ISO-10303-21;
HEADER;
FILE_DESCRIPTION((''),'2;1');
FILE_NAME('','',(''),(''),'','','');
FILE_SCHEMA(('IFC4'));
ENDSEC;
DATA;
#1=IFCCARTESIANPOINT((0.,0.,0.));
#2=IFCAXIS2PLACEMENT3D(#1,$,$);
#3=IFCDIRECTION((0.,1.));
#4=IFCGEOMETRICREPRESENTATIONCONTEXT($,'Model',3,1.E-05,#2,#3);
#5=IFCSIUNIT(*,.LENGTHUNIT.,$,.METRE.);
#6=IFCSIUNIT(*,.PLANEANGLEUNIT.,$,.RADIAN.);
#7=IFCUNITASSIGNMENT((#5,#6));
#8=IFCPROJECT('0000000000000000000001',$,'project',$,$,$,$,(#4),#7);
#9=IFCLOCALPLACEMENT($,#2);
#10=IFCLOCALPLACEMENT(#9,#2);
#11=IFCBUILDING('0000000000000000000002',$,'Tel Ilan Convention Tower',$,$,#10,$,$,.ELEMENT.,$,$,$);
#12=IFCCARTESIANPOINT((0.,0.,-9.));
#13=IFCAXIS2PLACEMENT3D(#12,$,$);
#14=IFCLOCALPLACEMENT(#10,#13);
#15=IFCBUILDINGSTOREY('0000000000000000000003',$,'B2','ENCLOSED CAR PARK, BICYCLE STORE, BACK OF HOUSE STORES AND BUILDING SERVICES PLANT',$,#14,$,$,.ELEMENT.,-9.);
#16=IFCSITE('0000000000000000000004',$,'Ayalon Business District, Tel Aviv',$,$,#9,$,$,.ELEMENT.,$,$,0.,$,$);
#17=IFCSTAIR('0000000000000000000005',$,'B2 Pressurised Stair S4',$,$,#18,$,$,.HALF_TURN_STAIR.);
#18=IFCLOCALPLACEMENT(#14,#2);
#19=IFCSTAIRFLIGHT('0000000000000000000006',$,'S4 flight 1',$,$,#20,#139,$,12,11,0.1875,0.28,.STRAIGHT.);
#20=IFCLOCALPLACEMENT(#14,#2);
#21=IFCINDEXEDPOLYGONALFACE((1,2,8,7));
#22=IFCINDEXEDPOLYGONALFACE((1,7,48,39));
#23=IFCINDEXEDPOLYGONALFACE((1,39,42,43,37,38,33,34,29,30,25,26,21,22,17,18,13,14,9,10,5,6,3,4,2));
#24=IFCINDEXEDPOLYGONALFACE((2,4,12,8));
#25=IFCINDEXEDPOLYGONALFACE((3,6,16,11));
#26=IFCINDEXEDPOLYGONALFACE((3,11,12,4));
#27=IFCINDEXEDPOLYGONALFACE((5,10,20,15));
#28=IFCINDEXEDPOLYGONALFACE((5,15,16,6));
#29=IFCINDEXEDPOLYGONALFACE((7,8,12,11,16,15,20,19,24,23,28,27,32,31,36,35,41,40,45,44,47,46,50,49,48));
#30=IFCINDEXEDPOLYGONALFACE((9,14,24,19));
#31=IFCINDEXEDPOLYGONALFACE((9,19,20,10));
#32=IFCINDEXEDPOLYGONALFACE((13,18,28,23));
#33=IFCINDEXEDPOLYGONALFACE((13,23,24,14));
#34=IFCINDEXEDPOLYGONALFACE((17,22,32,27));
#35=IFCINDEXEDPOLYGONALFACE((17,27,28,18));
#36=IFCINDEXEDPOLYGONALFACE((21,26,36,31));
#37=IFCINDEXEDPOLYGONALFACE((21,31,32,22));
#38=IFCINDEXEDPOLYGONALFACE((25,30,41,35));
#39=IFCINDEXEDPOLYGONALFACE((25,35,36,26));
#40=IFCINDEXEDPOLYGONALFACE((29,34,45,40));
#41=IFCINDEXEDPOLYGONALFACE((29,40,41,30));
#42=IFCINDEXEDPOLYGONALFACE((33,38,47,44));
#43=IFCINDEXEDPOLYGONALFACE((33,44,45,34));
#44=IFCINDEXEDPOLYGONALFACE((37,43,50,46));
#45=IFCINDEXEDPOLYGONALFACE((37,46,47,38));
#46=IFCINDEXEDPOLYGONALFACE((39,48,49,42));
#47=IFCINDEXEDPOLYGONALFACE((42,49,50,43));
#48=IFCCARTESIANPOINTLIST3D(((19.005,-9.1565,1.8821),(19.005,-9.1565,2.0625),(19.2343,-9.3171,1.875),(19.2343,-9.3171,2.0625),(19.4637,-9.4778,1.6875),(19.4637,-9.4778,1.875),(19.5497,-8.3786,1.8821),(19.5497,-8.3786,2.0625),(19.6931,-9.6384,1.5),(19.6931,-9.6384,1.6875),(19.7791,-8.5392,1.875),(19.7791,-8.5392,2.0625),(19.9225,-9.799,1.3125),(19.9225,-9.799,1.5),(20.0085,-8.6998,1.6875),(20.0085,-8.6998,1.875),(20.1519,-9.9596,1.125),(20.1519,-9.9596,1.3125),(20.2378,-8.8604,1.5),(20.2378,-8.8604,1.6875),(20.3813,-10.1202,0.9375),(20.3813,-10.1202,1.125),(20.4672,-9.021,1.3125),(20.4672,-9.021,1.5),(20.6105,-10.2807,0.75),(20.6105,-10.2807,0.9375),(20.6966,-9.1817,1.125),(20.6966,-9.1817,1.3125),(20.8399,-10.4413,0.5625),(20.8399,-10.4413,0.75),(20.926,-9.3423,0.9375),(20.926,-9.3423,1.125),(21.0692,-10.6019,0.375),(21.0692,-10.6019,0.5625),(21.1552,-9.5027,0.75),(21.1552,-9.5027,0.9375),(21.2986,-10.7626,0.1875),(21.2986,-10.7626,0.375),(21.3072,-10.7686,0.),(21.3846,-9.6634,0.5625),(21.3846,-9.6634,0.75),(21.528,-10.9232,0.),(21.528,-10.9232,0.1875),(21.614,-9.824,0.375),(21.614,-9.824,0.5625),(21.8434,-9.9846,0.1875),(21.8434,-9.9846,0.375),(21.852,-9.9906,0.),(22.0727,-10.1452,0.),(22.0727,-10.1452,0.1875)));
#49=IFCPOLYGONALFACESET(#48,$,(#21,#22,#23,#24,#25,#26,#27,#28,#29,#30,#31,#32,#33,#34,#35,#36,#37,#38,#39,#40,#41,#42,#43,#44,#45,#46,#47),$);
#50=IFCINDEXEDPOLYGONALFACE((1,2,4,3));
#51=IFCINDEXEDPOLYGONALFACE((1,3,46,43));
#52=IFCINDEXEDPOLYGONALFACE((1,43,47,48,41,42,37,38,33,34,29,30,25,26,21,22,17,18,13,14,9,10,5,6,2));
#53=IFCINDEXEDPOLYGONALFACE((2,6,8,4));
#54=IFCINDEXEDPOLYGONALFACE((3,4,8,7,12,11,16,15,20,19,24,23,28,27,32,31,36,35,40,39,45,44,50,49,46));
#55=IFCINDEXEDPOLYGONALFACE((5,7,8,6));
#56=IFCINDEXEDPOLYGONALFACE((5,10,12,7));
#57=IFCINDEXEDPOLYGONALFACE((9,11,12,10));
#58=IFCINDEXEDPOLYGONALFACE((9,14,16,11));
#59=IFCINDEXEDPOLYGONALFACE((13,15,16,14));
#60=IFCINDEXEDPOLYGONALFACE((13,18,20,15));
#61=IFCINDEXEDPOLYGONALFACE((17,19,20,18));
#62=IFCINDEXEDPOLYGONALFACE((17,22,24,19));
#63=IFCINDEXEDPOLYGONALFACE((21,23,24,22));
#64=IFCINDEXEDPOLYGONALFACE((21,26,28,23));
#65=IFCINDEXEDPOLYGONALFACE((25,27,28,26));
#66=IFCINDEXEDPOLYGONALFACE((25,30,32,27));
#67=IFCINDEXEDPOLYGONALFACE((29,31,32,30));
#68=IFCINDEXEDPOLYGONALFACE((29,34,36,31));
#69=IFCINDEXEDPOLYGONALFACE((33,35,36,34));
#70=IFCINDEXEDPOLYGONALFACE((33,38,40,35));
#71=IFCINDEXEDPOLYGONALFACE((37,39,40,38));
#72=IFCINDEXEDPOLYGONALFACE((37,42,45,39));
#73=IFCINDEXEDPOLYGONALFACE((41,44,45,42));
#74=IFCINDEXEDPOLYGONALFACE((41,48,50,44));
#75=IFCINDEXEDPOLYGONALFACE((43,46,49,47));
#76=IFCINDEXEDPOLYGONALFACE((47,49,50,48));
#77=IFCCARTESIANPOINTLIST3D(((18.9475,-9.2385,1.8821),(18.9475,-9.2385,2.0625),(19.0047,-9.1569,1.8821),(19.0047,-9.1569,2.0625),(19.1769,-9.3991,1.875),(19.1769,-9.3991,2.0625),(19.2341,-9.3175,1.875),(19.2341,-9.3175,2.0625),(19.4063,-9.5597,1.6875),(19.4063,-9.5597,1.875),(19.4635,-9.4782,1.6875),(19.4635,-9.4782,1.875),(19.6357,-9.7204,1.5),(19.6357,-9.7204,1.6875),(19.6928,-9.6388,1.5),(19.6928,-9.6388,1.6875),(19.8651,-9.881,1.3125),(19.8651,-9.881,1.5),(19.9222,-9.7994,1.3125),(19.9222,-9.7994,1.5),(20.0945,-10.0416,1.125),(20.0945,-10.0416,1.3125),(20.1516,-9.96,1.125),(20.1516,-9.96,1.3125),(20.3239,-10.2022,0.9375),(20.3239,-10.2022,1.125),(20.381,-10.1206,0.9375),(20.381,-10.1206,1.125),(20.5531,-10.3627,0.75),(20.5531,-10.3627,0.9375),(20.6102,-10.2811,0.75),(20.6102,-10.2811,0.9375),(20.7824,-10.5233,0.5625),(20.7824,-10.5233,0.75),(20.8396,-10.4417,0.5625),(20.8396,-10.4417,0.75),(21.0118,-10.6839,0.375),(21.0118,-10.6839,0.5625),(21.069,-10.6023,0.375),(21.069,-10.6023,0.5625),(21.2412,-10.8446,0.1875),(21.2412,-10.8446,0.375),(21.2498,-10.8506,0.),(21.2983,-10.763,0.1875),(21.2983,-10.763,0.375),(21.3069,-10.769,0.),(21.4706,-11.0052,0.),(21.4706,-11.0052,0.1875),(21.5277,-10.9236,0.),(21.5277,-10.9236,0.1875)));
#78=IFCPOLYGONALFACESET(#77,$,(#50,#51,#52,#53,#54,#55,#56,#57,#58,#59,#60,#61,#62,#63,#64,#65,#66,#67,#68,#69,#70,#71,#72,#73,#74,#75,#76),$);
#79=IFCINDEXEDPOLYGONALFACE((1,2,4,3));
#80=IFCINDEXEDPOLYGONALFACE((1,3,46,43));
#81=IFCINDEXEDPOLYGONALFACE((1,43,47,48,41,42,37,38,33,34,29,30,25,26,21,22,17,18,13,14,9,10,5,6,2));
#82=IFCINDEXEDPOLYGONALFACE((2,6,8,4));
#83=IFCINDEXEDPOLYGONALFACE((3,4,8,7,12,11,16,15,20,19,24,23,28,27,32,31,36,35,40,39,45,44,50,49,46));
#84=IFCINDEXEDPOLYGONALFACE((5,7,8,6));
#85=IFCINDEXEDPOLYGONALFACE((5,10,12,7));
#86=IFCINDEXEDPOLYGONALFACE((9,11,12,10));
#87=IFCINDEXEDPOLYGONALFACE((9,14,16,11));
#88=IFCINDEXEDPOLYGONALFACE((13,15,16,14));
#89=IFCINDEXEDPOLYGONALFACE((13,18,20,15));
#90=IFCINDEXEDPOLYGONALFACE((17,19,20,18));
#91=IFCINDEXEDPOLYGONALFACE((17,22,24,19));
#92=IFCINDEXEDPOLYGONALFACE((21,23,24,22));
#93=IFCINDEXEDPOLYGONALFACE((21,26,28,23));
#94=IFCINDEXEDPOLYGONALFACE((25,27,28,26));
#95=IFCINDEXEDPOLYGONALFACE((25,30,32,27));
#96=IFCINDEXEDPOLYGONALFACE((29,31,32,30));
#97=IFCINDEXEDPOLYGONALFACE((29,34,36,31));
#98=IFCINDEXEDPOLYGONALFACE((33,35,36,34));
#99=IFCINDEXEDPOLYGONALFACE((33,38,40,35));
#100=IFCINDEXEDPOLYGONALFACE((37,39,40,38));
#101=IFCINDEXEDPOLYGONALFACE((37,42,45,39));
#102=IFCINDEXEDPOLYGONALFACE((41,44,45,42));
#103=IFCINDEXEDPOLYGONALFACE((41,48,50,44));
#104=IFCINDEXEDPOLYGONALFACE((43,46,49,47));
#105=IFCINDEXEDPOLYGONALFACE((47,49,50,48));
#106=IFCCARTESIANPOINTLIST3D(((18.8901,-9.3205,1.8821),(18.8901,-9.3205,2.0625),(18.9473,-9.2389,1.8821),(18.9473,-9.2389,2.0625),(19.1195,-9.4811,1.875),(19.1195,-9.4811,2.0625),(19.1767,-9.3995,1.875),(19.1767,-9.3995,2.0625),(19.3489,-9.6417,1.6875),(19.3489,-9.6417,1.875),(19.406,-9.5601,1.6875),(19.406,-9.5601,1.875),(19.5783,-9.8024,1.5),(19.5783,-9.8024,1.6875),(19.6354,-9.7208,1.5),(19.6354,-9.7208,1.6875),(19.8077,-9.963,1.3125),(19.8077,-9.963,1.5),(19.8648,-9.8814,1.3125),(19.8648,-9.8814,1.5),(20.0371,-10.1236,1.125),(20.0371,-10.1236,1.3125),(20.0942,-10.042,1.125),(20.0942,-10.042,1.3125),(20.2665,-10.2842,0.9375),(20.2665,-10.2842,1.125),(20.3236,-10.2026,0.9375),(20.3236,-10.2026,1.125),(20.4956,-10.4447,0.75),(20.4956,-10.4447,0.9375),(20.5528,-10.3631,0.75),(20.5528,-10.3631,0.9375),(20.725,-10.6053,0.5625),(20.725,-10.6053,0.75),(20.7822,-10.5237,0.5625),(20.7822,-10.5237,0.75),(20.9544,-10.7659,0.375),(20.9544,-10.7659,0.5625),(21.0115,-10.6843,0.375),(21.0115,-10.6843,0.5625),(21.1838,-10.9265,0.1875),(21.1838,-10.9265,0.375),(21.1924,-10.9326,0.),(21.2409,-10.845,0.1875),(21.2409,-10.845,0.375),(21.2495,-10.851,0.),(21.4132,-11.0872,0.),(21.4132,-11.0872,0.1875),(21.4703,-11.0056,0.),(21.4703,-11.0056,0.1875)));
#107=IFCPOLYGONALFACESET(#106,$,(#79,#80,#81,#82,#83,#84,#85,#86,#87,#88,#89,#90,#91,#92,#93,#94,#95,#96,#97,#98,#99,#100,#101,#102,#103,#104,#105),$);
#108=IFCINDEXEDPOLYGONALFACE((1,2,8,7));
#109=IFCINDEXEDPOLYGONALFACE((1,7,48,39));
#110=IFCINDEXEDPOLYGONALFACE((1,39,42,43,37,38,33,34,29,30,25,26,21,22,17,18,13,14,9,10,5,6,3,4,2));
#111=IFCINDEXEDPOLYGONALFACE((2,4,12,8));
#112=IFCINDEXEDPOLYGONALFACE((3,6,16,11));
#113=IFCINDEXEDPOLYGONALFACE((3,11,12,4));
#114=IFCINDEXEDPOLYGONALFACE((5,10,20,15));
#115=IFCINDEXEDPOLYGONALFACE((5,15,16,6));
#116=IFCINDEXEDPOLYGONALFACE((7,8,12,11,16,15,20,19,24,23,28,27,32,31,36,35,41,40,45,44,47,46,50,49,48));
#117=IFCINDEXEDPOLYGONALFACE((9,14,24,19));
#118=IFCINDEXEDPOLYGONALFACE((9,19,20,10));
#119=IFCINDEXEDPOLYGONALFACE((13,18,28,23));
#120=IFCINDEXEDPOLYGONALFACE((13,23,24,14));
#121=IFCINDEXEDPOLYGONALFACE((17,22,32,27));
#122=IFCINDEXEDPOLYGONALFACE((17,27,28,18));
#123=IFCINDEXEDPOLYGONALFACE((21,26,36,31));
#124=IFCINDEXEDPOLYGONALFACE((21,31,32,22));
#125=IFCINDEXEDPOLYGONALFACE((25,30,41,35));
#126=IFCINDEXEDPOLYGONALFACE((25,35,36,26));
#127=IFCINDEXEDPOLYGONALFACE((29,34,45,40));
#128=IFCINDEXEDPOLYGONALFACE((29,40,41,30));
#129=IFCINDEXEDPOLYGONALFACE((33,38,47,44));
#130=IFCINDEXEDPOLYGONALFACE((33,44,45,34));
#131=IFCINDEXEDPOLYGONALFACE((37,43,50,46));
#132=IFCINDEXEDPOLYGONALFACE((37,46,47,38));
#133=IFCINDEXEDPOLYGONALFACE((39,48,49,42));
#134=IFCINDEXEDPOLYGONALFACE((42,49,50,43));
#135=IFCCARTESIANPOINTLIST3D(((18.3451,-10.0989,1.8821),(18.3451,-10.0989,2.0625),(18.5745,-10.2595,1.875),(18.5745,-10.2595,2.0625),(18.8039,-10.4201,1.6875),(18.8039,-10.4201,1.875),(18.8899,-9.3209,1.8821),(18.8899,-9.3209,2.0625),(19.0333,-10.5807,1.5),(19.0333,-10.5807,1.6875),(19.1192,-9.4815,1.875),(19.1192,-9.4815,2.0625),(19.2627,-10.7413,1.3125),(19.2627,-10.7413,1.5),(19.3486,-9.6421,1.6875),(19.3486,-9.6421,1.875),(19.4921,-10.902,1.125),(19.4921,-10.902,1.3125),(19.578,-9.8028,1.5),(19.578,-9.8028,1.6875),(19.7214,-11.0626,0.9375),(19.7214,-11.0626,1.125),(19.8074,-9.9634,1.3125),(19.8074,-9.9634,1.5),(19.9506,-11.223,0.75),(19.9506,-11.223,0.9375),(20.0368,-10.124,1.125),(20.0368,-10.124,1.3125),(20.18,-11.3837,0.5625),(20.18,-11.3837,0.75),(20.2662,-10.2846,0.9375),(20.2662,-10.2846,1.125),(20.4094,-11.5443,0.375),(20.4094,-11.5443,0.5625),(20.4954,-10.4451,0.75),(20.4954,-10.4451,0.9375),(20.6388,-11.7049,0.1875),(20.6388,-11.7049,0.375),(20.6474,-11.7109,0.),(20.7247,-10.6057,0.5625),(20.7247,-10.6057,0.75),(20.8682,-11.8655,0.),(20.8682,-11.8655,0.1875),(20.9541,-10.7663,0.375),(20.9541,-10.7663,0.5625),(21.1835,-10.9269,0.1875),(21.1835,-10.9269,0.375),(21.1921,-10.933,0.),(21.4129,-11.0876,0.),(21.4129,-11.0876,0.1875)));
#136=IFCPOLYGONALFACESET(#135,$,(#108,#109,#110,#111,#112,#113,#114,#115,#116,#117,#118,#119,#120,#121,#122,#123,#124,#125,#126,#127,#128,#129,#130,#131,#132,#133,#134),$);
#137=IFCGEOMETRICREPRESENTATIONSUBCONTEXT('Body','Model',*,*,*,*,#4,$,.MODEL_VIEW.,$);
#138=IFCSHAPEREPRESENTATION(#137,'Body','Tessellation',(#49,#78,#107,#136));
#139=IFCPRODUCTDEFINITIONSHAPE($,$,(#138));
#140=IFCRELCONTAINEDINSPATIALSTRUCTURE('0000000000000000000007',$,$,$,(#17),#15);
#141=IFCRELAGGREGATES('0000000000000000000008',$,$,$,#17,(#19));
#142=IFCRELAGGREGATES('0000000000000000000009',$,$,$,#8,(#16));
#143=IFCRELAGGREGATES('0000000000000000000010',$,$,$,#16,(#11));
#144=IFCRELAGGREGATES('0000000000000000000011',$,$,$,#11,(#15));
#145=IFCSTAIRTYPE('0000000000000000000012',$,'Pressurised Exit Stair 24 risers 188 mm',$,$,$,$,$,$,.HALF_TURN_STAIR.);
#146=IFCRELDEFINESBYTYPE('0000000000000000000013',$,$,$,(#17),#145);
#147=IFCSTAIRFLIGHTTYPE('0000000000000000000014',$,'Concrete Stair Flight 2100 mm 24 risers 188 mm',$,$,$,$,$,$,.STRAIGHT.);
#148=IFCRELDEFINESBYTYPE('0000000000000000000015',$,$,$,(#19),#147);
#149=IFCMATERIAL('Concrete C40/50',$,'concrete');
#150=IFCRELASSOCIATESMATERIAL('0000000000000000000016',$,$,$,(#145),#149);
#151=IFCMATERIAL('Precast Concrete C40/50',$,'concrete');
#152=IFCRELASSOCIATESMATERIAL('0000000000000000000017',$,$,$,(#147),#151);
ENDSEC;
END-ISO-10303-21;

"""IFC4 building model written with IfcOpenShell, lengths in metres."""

from ifc_helpers import new_model, si_unit, direction, frame, origin, place, context, subcontext, project, spatial, polyline, outline, extrude, material, type_object, element, aggregate, save


model = new_model("IFC4")

# Units and contexts
model_context = context("Model", 3, precision=1e-05, world=origin(), true_north=direction((0.0, 1.0)))
body_context = subcontext(model_context, "Body", "Model", "MODEL_VIEW")
ifc_project = project(units=[si_unit("LENGTHUNIT", "METRE"), si_unit("PLANEANGLEUNIT", "RADIAN")], contexts=[model_context])

# Site, building, storey
site_placement = place(None, origin())
site = spatial("IfcSite", under=ifc_project, at=site_placement, Name="Ayalon Business District, Tel Aviv", CompositionType="ELEMENT", RefElevation=0.0)
building_placement = place(site_placement, origin())
building = spatial("IfcBuilding", under=site, at=building_placement, Name="Tel Ilan Convention Tower", CompositionType="ELEMENT")
storey_placement = place(building_placement, frame((0.0, 0.0, -9.0)))
storey = spatial("IfcBuildingStorey", under=building, at=storey_placement, Name="B2", Description="ENCLOSED CAR PARK, BICYCLE STORE, BACK OF HOUSE STORES AND BUILDING SERVICES PLANT", CompositionType="ELEMENT", Elevation=-9.0)

# Stair, stair flight
ifc_material_1 = material(Name="Concrete C40/50", Category="concrete")
stair_type = type_object("IfcStairType", Name="Pressurised Exit Stair 24 risers 188 mm", PredefinedType="HALF_TURN_STAIR", material=ifc_material_1)
ifc_material_2 = material(Name="Precast Concrete C40/50", Category="concrete")
stair_flight_type = type_object("IfcStairFlightType", Name="Concrete Stair Flight 2100 mm 24 risers 188 mm", PredefinedType="STRAIGHT", material=ifc_material_2)
stair_1_placement = place(storey_placement, origin())
stair_1 = element("IfcStair", 1, at=stair_1_placement, inside=storey, type_object=stair_type, Name="B2 Pressurised Stair S4", PredefinedType="HALF_TURN_STAIR")
stair_flight_1_placement = place(storey_placement, frame((21.4705, -11.0054, 0.0), z_axis=(0.0, 0.0, 1.0), x_axis=(-0.819152, 0.573576, 0.0)))
stair_flight_1 = element("IfcStairFlight", 2, at=stair_flight_1_placement, type_object=stair_flight_type, Name="S4 flight 1", NumberOfRisers=12, NumberOfTreads=11, PredefinedType="STRAIGHT", RiserHeight=0.1875, TreadLength=0.28, context=body_context, shape_type="SweptSolid", body=[
    extrude(outline(polyline([(0.0, 0.0), (0.0, 0.1875), (0.28, 0.1875), (0.28, 0.375), (0.5601, 0.375), (0.5601, 0.5625), (0.8401, 0.5625), (0.8401, 0.75), (1.1201, 0.75), (1.1201, 0.9375), (1.3999, 0.9375), (1.3999, 1.125), (1.6799, 1.125), (1.6799, 1.3125), (1.96, 1.3125), (1.96, 1.5), (2.24, 1.5), (2.24, 1.6875), (2.52, 1.6875), (2.52, 1.875), (2.8, 1.875), (2.8, 2.0625), (3.0801, 2.0625), (3.0801, 2.25), (3.0801, 1.8821), (0.2695, 0.0), (0.0, 0.0)])), frame((0.0, -0.1003, 0.0), z_axis=(0.0, -1.0, 0.0), x_axis=(1.0, 0.0, 0.0)), (0.0, 0.0, 1.0), 0.9497),
    extrude(outline(polyline([(0.0, 0.0), (0.0, 0.1875), (0.28, 0.1875), (0.28, 0.375), (0.5601, 0.375), (0.5601, 0.5625), (0.8401, 0.5625), (0.8401, 0.75), (1.1201, 0.75), (1.1201, 0.9375), (1.3999, 0.9375), (1.3999, 1.125), (1.6799, 1.125), (1.6799, 1.3125), (1.96, 1.3125), (1.96, 1.5), (2.24, 1.5), (2.24, 1.6875), (2.52, 1.6875), (2.52, 1.875), (2.8, 1.875), (2.8, 2.0625), (3.0801, 2.0625), (3.0801, 2.25), (3.0801, 1.8821), (0.2695, 0.0), (0.0, 0.0)])), frame((0.0, -0.0002, 0.0), z_axis=(0.0, -1.0, 0.0), x_axis=(1.0, 0.0, 0.0)), (0.0, 0.0, 1.0), 0.0996),
    extrude(outline(polyline([(0.0, 0.0), (0.0, 0.1875), (0.28, 0.1875), (0.28, 0.375), (0.5601, 0.375), (0.5601, 0.5625), (0.8401, 0.5625), (0.8401, 0.75), (1.1201, 0.75), (1.1201, 0.9375), (1.3999, 0.9375), (1.3999, 1.125), (1.6799, 1.125), (1.6799, 1.3125), (1.96, 1.3125), (1.96, 1.5), (2.24, 1.5), (2.24, 1.6875), (2.52, 1.6875), (2.52, 1.875), (2.8, 1.875), (2.8, 2.0625), (3.0801, 2.0625), (3.0801, 2.25), (3.0801, 1.8821), (0.2695, 0.0), (0.0, 0.0)])), frame((0.0, 0.0999, 0.0), z_axis=(0.0, -1.0, 0.0), x_axis=(1.0, 0.0, 0.0)), (0.0, 0.0, 1.0), 0.0996),
    extrude(outline(polyline([(0.0, 0.0), (0.0, 0.1875), (0.28, 0.1875), (0.28, 0.375), (0.5601, 0.375), (0.5601, 0.5625), (0.8401, 0.5625), (0.8401, 0.75), (1.1201, 0.75), (1.1201, 0.9375), (1.3999, 0.9375), (1.3999, 1.125), (1.6799, 1.125), (1.6799, 1.3125), (1.96, 1.3125), (1.96, 1.5), (2.24, 1.5), (2.24, 1.6875), (2.52, 1.6875), (2.52, 1.875), (2.8, 1.875), (2.8, 2.0625), (3.0801, 2.0625), (3.0801, 2.25), (3.0801, 1.8821), (0.2695, 0.0), (0.0, 0.0)])), frame((0.0, 1.05, 0.0), z_axis=(0.0, -1.0, 0.0), x_axis=(1.0, 0.0, 0.0)), (0.0, 0.0, 1.0), 0.9497),
])
aggregate(stair_1, [stair_flight_1])

save(model, "model.ifc")
